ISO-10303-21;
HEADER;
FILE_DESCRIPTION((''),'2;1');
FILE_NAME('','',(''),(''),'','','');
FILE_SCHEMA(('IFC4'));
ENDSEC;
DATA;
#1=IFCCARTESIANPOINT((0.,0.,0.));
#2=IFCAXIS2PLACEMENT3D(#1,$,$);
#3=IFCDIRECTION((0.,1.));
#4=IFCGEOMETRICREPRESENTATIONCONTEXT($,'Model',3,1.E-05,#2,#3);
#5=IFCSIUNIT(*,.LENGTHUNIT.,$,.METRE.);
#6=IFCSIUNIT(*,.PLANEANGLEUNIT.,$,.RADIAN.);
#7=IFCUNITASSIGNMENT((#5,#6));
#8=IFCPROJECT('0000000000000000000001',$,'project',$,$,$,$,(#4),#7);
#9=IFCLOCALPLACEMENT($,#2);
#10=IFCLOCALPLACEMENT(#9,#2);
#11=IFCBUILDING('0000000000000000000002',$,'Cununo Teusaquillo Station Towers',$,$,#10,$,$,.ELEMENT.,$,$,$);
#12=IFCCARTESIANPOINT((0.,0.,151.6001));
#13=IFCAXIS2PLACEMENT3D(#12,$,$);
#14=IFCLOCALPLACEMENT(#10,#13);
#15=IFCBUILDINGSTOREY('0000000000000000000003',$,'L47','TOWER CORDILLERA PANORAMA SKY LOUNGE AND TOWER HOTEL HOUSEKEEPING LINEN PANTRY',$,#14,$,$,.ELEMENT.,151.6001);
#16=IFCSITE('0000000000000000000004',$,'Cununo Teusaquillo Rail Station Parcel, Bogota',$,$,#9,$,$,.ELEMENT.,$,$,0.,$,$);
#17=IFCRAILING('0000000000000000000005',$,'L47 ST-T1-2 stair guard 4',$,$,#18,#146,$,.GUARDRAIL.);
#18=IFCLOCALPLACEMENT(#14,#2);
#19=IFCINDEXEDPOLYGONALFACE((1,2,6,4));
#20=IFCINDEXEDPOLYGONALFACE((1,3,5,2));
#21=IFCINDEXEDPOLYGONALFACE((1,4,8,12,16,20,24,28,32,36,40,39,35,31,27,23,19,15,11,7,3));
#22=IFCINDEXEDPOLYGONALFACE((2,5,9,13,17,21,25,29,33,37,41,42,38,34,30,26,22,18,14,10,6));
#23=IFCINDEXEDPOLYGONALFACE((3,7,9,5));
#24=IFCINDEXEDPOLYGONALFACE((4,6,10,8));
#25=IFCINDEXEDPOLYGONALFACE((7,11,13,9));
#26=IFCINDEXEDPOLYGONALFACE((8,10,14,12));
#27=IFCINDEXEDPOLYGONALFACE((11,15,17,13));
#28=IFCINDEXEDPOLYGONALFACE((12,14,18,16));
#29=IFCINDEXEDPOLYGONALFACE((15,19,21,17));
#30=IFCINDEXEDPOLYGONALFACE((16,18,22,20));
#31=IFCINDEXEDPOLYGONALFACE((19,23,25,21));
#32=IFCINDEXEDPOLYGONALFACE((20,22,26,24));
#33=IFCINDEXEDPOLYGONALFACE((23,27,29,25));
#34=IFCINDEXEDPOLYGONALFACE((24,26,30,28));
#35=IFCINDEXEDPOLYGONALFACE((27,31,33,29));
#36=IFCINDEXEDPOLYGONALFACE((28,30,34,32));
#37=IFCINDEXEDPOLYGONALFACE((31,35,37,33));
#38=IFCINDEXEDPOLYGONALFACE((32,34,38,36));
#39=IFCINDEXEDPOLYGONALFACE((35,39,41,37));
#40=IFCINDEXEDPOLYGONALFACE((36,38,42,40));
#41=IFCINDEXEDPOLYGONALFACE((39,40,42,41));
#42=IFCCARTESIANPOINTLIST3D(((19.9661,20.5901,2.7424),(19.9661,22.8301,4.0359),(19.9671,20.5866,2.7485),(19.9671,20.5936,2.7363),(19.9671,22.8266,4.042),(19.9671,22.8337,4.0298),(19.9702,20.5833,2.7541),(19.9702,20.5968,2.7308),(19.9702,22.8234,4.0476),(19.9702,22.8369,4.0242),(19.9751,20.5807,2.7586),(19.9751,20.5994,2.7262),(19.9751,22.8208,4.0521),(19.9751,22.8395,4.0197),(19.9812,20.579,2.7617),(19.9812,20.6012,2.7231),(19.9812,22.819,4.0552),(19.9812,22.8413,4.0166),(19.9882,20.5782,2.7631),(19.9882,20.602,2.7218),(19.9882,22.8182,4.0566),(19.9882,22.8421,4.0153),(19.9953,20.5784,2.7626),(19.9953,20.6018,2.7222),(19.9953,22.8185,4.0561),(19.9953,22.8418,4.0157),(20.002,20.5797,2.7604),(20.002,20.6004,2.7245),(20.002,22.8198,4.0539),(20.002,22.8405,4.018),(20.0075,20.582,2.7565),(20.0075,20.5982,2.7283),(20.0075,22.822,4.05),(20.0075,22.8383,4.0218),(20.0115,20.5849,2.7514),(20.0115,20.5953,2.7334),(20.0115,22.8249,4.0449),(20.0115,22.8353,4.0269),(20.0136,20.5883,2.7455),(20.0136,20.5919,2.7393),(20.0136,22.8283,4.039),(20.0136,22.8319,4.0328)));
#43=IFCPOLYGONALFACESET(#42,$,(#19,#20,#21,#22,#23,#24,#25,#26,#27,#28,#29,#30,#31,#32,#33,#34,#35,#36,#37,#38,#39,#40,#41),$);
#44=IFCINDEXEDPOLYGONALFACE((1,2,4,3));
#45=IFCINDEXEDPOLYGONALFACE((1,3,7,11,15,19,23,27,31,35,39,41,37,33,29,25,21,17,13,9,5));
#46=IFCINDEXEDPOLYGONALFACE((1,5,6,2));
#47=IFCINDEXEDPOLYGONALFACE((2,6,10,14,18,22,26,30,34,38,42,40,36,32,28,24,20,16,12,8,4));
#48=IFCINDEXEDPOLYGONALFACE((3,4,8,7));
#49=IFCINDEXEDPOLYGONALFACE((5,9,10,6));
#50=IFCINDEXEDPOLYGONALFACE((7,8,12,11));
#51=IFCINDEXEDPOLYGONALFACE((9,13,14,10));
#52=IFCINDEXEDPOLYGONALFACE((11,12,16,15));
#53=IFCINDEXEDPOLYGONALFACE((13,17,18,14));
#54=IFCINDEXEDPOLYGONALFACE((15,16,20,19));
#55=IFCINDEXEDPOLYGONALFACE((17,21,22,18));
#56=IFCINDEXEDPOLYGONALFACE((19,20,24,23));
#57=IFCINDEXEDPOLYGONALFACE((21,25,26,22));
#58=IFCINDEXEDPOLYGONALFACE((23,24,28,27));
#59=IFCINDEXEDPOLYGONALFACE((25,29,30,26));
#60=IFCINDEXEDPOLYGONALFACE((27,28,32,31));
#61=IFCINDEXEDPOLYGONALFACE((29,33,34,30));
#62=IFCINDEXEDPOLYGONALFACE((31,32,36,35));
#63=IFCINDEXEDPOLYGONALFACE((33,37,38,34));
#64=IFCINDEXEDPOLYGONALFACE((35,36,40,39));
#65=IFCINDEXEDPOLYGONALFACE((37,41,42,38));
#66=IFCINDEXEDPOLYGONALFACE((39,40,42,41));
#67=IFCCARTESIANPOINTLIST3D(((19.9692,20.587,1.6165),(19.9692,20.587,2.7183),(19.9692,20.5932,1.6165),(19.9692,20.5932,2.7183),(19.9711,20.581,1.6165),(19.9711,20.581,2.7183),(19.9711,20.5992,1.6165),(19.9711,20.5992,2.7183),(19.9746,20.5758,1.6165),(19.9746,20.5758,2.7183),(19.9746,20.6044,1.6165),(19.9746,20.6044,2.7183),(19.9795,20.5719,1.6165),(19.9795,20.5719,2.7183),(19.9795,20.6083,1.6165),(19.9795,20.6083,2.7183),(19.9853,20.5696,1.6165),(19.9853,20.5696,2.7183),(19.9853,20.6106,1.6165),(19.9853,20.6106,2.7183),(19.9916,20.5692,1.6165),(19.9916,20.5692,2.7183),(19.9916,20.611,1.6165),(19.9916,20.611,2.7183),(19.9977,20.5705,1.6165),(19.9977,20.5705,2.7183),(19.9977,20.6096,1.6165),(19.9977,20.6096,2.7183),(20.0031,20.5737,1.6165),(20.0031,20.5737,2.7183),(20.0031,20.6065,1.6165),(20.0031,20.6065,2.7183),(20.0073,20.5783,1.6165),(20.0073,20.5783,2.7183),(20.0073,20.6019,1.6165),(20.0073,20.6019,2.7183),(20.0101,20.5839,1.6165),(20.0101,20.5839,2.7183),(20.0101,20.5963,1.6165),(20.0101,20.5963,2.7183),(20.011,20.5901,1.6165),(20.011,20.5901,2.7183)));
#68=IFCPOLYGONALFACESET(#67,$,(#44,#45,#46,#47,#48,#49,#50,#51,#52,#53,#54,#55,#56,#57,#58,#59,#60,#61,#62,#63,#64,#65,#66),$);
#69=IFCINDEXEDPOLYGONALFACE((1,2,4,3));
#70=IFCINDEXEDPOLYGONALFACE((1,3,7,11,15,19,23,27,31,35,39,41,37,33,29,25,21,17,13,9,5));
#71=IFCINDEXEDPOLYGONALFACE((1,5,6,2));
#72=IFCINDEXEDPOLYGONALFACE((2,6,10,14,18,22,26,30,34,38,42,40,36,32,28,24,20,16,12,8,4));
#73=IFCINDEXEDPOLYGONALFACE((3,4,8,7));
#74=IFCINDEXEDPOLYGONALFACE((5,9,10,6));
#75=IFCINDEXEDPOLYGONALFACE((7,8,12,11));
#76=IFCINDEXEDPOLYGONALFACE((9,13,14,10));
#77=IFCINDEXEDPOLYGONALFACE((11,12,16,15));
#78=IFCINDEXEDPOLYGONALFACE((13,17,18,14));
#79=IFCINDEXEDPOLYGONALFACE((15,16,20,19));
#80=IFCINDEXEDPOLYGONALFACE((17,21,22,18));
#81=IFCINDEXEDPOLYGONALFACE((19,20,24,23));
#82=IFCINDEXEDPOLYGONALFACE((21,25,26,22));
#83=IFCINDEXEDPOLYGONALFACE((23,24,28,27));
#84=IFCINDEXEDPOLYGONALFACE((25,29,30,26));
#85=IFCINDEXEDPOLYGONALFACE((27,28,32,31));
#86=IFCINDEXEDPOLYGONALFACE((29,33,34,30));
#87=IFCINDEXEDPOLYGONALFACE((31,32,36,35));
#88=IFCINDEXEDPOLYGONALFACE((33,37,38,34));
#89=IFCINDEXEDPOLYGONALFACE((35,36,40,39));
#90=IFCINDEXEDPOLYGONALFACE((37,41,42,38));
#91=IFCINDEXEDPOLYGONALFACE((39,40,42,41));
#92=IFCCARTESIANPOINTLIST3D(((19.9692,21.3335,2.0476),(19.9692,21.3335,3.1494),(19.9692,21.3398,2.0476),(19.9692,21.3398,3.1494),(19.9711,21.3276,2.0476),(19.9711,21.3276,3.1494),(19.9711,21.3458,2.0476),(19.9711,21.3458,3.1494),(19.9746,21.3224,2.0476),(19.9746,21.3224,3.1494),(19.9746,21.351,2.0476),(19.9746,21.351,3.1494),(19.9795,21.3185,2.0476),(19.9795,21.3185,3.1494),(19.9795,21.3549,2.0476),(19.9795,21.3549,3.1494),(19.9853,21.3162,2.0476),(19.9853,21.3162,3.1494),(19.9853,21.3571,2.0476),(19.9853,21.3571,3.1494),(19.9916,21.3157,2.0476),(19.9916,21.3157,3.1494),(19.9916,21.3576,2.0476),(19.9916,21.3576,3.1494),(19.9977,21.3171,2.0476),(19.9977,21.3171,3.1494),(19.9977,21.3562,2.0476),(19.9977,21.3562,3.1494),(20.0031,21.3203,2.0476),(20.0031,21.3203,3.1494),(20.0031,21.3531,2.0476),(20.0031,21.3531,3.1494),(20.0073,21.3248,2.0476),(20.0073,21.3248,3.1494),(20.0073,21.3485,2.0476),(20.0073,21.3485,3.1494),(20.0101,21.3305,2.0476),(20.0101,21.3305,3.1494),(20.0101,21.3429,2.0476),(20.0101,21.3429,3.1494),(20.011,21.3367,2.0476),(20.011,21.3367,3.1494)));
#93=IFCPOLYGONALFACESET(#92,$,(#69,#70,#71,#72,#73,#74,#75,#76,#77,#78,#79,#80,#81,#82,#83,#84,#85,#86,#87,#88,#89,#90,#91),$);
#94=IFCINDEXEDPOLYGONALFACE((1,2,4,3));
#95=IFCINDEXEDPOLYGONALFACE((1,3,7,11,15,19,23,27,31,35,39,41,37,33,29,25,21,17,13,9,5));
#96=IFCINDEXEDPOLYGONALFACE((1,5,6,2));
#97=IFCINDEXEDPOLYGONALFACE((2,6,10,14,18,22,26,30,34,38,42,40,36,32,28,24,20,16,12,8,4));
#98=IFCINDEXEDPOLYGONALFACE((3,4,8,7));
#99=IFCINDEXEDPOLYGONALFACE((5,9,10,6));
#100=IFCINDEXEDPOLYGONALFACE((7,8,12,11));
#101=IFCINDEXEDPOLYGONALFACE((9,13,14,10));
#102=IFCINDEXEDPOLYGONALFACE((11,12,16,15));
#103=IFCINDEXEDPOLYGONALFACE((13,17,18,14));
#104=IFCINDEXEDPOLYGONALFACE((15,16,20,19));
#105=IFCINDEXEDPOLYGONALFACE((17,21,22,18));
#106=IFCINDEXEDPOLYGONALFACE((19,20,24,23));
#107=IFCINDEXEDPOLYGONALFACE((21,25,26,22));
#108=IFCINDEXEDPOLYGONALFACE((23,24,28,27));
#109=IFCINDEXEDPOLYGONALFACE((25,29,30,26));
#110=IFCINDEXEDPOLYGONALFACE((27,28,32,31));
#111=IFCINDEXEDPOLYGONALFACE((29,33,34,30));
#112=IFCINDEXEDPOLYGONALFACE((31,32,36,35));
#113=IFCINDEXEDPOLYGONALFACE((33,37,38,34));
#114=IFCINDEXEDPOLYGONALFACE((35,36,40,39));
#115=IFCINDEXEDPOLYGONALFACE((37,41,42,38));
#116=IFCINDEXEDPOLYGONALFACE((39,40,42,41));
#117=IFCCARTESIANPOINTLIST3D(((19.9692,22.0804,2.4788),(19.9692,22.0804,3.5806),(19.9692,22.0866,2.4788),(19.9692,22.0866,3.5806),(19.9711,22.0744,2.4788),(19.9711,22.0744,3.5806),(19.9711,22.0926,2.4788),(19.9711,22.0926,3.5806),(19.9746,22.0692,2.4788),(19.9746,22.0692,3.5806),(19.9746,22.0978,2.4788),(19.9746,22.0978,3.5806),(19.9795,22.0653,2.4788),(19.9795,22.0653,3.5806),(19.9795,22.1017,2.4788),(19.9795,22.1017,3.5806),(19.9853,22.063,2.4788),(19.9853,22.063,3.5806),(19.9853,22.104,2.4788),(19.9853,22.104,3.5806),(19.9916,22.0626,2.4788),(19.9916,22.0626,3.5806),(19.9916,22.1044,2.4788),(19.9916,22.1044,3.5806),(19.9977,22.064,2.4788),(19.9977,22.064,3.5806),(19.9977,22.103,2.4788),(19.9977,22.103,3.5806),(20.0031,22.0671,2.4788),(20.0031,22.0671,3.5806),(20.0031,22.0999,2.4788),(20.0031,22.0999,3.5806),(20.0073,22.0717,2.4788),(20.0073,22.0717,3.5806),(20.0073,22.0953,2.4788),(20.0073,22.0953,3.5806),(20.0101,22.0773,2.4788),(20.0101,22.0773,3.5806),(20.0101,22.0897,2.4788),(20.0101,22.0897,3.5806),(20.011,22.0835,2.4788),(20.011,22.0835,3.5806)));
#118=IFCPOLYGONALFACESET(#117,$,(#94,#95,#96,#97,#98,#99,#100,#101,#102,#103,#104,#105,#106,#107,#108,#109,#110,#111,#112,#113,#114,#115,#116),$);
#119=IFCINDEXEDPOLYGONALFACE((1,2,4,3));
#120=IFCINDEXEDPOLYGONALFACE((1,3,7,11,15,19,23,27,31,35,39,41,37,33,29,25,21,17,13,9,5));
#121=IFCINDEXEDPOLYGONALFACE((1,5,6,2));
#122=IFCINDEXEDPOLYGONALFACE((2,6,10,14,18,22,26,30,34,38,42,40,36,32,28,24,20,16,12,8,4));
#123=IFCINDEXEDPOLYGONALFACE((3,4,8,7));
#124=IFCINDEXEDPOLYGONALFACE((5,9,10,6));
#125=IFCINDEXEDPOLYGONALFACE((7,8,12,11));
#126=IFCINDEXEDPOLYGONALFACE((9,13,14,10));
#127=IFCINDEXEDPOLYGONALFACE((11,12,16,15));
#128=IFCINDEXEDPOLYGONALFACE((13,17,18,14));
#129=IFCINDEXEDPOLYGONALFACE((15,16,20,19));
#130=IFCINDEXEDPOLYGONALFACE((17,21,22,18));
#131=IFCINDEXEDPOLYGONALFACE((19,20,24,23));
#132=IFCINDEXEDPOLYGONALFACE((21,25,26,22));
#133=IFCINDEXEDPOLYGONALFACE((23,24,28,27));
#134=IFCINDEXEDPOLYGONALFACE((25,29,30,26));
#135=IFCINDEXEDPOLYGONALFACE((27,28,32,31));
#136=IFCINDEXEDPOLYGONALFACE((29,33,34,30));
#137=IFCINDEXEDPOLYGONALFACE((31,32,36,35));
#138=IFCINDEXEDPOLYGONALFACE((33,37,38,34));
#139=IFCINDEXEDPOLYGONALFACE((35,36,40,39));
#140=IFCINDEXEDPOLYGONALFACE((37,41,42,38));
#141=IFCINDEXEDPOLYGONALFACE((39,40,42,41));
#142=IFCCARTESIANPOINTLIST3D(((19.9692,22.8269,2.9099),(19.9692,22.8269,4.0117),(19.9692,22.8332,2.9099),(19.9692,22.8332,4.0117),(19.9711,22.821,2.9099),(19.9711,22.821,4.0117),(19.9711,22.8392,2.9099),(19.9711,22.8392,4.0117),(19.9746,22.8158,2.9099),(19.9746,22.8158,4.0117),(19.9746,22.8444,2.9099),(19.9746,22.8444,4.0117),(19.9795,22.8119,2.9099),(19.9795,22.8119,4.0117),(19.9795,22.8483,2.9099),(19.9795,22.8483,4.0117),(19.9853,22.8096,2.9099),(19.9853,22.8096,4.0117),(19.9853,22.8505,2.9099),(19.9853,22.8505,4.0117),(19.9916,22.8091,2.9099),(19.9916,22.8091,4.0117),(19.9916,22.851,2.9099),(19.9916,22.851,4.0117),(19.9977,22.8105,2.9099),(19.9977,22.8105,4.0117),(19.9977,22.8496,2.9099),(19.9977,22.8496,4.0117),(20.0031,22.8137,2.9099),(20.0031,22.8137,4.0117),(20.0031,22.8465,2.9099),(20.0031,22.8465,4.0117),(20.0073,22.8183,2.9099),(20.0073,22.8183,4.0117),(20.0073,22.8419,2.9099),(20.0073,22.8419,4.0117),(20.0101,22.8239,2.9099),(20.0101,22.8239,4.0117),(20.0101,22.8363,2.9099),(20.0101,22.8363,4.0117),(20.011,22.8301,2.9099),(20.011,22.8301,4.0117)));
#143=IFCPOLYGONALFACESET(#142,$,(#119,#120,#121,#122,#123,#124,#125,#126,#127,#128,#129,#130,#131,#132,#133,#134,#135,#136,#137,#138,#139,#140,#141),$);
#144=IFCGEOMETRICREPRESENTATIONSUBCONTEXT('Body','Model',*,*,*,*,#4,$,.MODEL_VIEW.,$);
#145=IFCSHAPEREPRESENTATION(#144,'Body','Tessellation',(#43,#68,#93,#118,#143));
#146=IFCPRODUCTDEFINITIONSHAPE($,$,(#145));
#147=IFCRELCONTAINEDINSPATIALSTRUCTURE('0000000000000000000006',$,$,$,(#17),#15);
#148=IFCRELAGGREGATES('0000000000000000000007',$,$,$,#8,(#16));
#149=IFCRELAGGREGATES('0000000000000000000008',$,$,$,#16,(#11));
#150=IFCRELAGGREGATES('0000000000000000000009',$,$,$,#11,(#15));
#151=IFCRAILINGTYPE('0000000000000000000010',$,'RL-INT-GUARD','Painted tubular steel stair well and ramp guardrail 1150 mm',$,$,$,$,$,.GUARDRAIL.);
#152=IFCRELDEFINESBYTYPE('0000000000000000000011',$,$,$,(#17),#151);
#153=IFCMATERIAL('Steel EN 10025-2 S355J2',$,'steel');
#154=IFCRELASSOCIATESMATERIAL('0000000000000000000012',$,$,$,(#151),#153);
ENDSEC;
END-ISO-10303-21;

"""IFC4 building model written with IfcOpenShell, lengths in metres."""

from ifc_helpers import new_model, si_unit, direction, frame, origin, origin_2d, place, context, subcontext, project, spatial, circle, extrude, material, type_object, element, save


model = new_model("IFC4")

# Units and contexts
model_context = context("Model", 3, precision=1e-05, world=origin(), true_north=direction((0.0, 1.0)))
body_context = subcontext(model_context, "Body", "Model", "MODEL_VIEW")
ifc_project = project(units=[si_unit("LENGTHUNIT", "METRE"), si_unit("PLANEANGLEUNIT", "RADIAN")], contexts=[model_context])

# Site, building, storey
site_placement = place(None, origin())
site = spatial("IfcSite", under=ifc_project, at=site_placement, Name="Cununo Teusaquillo Rail Station Parcel, Bogota", CompositionType="ELEMENT", RefElevation=0.0)
building_placement = place(site_placement, origin())
building = spatial("IfcBuilding", under=site, at=building_placement, Name="Cununo Teusaquillo Station Towers", CompositionType="ELEMENT")
storey_placement = place(building_placement, frame((0.0, 0.0, 151.6001)))
storey = spatial("IfcBuildingStorey", under=building, at=storey_placement, Name="L47", Description="TOWER CORDILLERA PANORAMA SKY LOUNGE AND TOWER HOTEL HOUSEKEEPING LINEN PANTRY", CompositionType="ELEMENT", Elevation=151.6001)

# Railing
ifc_material_1 = material(Name="Steel EN 10025-2 S355J2", Category="steel")
railing_type_1 = type_object("IfcRailingType", Name="RL-INT-GUARD", Description="Painted tubular steel stair well and ramp guardrail 1150 mm", PredefinedType="GUARDRAIL", material=ifc_material_1)
railing_1_placement = place(storey_placement, frame((19.99, 20.5901, 1.6165)))
element("IfcRailing", 1, at=railing_1_placement, inside=storey, type_object=railing_type_1, Name="L47 ST-T1-2 stair guard 4", PredefinedType="GUARDRAIL", context=body_context, shape_type="SweptSolid", body=[
    extrude(circle(Radius=0.0239, at=origin_2d()), frame((0.0, 0.0, 1.126), z_axis=(0.0, 0.865992, 0.500057), x_axis=(-1.0, 0.0, 0.0)), (0.0, 0.0, 1.0), 2.5867),
    extrude(circle(Radius=0.021, at=origin_2d()), origin(), (0.0, 0.0, 1.0), 1.1018),
    extrude(circle(Radius=0.021, at=origin_2d()), frame((0.0, 0.7466, 0.4312)), (0.0, 0.0, 1.0), 1.1018),
    extrude(circle(Radius=0.021, at=origin_2d()), frame((0.0, 1.4934, 0.8623)), (0.0, 0.0, 1.0), 1.1018),
    extrude(circle(Radius=0.021, at=origin_2d()), frame((0.0, 2.24, 1.2935)), (0.0, 0.0, 1.0), 1.1018),
])

save(model, "model.ifc")
